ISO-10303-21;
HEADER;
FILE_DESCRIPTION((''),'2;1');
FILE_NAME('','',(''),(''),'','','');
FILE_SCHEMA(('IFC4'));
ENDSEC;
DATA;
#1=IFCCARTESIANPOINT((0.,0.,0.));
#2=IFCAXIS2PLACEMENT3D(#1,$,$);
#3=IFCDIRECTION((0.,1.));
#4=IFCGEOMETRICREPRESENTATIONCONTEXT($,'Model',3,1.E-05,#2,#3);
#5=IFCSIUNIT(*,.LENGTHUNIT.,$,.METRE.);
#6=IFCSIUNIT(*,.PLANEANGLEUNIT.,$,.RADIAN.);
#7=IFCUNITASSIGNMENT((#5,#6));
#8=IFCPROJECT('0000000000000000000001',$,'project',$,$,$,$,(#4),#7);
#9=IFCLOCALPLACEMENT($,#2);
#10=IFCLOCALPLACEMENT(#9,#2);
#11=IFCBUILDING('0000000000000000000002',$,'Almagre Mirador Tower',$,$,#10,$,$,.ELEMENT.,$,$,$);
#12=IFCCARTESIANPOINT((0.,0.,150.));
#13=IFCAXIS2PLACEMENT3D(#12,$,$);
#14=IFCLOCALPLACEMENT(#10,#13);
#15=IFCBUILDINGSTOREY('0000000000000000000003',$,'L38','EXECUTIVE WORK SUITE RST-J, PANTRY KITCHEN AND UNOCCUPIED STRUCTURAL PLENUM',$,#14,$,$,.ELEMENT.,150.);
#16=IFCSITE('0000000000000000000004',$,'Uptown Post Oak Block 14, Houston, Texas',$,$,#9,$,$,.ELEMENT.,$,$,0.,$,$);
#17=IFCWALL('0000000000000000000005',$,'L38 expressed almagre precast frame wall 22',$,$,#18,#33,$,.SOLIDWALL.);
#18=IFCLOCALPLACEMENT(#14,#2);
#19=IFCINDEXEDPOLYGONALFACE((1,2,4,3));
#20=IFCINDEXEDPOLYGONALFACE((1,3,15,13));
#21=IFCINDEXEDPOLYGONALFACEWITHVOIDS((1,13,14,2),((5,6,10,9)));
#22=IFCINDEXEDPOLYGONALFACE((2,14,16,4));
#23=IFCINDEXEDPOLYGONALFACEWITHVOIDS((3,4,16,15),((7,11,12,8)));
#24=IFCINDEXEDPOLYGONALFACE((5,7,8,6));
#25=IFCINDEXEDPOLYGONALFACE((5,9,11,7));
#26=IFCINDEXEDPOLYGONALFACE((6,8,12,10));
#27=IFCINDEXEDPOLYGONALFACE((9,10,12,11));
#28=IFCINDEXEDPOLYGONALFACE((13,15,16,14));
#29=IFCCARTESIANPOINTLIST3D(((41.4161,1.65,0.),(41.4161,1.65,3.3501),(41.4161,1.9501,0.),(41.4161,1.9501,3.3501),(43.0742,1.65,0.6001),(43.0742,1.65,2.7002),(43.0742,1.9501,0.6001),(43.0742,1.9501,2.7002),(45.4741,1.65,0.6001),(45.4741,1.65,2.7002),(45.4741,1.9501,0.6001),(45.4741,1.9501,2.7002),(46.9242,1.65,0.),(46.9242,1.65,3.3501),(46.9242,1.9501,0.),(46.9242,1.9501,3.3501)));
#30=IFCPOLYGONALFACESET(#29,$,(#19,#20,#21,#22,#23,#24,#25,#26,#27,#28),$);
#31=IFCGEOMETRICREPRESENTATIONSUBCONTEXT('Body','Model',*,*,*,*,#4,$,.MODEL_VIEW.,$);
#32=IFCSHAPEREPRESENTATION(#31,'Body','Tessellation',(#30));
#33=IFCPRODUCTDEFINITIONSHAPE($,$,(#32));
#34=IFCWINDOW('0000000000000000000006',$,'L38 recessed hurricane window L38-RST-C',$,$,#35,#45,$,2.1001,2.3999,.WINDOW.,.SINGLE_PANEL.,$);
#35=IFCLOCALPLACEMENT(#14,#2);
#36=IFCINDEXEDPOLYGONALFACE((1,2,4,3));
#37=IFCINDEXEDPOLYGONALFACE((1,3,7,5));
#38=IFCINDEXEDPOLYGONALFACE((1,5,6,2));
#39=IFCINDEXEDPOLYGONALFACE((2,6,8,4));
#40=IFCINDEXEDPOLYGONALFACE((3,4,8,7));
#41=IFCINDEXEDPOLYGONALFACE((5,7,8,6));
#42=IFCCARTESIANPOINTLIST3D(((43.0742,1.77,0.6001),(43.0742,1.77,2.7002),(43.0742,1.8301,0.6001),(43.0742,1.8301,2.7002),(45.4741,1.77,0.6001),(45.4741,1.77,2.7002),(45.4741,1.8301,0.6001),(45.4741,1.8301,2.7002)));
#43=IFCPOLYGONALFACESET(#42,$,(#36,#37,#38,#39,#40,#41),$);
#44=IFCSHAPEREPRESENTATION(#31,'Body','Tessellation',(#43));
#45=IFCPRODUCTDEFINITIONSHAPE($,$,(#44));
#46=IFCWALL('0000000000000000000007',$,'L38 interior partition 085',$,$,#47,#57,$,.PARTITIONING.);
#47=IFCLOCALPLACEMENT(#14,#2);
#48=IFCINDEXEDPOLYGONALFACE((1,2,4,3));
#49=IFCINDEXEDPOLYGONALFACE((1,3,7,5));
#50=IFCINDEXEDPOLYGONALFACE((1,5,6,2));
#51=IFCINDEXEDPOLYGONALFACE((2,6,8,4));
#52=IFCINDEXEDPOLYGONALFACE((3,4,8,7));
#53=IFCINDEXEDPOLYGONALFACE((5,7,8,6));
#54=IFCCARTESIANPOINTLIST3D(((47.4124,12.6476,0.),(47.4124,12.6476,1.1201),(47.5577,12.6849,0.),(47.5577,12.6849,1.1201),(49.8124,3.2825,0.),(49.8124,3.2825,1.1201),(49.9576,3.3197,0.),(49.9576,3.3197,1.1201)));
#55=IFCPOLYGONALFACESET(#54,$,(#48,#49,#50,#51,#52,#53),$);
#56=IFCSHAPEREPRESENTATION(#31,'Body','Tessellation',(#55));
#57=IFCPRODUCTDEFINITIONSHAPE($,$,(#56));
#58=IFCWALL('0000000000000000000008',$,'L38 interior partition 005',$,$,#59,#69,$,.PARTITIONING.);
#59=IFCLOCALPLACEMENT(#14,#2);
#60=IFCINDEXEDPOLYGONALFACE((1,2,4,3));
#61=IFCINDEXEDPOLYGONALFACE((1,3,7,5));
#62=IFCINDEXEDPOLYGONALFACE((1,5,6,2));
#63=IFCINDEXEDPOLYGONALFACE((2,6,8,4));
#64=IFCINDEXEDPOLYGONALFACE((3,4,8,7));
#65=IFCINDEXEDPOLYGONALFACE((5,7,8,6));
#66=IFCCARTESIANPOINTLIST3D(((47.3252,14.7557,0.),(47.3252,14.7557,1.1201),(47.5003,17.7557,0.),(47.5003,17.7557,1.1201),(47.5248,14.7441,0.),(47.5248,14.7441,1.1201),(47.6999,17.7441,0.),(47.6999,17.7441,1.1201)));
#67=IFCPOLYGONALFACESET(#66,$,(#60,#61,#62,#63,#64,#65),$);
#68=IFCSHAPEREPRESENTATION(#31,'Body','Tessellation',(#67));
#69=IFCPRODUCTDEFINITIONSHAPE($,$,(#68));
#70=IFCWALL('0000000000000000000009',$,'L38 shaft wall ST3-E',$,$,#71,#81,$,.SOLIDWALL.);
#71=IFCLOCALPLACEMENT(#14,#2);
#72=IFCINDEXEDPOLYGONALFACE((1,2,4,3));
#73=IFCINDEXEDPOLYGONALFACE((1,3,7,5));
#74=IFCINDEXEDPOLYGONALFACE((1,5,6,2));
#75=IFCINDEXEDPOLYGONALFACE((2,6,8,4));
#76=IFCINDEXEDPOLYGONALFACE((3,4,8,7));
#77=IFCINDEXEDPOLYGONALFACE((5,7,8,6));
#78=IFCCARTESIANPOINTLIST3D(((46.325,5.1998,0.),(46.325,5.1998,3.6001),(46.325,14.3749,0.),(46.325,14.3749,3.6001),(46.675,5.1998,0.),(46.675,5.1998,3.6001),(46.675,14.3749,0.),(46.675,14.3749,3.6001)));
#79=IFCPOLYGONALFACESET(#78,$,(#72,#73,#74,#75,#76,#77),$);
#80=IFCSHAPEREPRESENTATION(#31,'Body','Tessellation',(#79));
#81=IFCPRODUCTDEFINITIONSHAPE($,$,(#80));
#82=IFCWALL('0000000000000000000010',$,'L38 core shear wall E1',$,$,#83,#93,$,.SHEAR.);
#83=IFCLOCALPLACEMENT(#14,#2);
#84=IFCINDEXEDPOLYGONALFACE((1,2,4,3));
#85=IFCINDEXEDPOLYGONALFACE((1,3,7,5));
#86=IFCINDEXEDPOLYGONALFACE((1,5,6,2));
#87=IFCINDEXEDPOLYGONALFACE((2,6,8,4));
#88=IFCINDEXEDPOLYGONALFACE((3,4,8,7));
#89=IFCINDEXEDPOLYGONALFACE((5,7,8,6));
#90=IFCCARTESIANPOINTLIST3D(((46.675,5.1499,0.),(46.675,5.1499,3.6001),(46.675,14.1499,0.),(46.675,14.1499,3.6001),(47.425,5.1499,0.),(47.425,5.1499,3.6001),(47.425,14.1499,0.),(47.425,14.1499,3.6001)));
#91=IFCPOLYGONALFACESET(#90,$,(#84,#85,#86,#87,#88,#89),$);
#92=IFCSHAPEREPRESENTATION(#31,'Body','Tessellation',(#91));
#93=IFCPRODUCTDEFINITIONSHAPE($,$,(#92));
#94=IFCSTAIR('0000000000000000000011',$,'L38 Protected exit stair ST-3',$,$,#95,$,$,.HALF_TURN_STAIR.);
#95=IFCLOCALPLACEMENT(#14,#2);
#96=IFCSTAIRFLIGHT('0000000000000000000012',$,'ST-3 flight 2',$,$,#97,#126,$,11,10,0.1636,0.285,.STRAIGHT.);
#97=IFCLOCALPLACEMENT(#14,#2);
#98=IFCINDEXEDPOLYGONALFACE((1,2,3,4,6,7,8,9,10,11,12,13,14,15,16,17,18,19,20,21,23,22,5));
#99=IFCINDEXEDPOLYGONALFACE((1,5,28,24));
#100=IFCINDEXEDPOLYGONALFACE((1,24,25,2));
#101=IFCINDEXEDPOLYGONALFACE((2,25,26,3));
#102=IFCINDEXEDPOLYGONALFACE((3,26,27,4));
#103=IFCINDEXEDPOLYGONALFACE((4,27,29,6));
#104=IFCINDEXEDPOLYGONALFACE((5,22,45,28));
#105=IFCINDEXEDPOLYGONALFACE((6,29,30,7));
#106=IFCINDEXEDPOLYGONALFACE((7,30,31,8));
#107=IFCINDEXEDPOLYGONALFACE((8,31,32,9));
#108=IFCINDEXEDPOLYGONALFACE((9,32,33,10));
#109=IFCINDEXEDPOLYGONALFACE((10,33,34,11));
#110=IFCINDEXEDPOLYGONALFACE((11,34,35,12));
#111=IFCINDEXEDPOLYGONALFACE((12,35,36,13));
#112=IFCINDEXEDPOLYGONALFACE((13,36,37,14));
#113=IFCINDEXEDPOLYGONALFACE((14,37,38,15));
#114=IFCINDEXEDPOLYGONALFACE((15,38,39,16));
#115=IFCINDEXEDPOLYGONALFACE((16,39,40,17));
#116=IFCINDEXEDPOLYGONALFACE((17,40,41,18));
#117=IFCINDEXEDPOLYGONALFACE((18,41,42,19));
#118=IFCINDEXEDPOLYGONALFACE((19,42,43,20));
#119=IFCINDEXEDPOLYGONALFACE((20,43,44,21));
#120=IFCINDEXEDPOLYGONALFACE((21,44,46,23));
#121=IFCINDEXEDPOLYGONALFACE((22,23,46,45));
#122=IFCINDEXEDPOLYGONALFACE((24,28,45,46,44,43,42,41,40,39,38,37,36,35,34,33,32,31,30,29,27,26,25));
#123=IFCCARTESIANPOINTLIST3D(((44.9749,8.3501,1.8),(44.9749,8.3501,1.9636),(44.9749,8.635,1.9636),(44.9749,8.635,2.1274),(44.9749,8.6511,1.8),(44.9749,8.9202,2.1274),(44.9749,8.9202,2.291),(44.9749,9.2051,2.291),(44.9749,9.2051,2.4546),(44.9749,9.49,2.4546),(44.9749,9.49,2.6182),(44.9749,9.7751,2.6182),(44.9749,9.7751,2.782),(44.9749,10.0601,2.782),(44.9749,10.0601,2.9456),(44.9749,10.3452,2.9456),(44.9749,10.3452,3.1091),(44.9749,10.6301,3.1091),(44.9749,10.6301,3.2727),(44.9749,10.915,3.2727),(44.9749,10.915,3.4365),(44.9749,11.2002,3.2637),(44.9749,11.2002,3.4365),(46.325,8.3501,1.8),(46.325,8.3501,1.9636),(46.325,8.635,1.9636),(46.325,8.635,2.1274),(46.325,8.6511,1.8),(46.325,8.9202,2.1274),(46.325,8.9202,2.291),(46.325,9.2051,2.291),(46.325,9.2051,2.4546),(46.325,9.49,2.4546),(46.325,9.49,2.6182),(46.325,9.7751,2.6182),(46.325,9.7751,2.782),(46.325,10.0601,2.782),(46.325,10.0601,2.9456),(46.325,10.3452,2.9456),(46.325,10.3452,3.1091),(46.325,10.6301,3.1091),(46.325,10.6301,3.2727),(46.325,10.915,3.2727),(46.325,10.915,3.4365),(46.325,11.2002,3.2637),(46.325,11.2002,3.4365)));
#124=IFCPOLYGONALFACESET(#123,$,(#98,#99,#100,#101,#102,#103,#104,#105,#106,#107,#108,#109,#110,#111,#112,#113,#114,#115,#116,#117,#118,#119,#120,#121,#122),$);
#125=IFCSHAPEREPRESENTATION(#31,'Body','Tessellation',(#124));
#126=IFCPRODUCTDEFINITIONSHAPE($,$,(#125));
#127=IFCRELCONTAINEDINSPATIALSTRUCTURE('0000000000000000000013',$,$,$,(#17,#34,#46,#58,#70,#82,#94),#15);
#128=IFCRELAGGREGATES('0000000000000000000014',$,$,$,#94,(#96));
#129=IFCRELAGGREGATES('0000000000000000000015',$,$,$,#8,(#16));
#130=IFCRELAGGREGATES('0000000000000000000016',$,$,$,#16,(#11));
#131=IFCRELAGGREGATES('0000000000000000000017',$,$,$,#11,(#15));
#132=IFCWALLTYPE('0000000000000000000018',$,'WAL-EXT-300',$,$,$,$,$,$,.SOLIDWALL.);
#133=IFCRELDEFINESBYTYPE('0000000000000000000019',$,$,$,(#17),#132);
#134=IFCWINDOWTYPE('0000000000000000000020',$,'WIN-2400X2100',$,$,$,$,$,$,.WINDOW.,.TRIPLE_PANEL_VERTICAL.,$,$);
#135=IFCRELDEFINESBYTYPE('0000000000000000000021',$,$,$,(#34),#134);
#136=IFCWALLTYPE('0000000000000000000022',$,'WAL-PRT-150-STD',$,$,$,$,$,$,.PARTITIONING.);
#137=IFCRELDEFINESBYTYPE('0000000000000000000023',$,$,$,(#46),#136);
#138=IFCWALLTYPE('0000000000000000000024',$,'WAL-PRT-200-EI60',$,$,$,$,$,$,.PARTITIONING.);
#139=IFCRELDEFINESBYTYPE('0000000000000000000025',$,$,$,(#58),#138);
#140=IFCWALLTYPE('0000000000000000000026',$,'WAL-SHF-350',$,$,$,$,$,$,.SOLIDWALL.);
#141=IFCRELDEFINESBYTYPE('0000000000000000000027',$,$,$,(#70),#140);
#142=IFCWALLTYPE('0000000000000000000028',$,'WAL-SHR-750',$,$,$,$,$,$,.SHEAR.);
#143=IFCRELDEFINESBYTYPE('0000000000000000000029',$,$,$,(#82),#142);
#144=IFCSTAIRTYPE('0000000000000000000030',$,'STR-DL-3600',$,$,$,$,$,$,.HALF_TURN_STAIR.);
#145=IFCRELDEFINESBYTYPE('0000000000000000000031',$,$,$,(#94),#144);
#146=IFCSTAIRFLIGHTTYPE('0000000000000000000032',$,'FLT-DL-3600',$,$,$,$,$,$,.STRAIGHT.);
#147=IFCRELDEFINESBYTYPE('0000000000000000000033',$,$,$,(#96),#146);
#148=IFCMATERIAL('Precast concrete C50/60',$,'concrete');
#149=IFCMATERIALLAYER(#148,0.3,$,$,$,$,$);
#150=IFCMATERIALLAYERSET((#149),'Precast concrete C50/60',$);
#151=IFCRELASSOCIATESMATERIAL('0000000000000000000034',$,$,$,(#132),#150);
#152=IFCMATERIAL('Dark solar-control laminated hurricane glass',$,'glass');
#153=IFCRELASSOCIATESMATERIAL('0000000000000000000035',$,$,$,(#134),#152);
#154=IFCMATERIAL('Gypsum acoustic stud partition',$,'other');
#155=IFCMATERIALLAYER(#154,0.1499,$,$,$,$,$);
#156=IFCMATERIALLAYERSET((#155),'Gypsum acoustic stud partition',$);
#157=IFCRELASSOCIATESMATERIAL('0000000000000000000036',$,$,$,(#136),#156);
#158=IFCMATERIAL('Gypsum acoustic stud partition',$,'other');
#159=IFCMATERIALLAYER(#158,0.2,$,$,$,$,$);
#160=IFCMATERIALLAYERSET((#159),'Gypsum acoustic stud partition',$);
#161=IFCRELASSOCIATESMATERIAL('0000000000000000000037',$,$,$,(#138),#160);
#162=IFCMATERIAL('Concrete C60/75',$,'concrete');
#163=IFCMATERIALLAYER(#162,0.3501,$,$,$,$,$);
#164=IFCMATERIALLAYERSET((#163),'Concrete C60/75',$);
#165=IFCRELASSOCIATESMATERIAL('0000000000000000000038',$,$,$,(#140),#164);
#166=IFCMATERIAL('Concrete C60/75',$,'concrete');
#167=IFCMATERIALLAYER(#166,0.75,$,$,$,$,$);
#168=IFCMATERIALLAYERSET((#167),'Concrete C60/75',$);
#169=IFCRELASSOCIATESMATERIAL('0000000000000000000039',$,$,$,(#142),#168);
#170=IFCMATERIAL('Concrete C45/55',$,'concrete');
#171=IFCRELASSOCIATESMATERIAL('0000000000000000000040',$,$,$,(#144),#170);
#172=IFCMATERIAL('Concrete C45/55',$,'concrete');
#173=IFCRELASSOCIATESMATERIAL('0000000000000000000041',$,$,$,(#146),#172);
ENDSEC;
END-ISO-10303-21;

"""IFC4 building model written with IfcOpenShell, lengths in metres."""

from ifc_helpers import new_model, si_unit, direction, frame, frame_2d, origin, place, context, subcontext, project, spatial, polyline, rectangle, outline, extrude, material, layer, layer_set, type_object, element, fill, aggregate, save


model = new_model("IFC4")

# Units and contexts
model_context = context("Model", 3, precision=1e-05, world=origin(), true_north=direction((0.0, 1.0)))
body_context = subcontext(model_context, "Body", "Model", "MODEL_VIEW")
ifc_project = project(units=[si_unit("LENGTHUNIT", "METRE"), si_unit("PLANEANGLEUNIT", "RADIAN")], contexts=[model_context])

# Site, building, storey
site_placement = place(None, origin())
site = spatial("IfcSite", under=ifc_project, at=site_placement, Name="Uptown Post Oak Block 14, Houston, Texas", CompositionType="ELEMENT", RefElevation=0.0)
building_placement = place(site_placement, origin())
building = spatial("IfcBuilding", under=site, at=building_placement, Name="Almagre Mirador Tower", CompositionType="ELEMENT")
storey_placement = place(building_placement, frame((0.0, 0.0, 150.0)))
storey = spatial("IfcBuildingStorey", under=building, at=storey_placement, Name="L38", Description="EXECUTIVE WORK SUITE RST-J, PANTRY KITCHEN AND UNOCCUPIED STRUCTURAL PLENUM", CompositionType="ELEMENT", Elevation=150.0)

# Wall, opening, window
ifc_material_1 = material(Name="Precast concrete C50/60", Category="concrete")
ifc_layer_1 = layer(ifc_material_1, 0.3)
ifc_layer_set_1 = layer_set([ifc_layer_1], Name="Precast concrete C50/60")
wall_type_1 = type_object("IfcWallType", Name="WAL-EXT-300", PredefinedType="SOLIDWALL", material=ifc_layer_set_1)
wall_1_placement = place(storey_placement, frame((46.9241, 1.8, 0.0), z_axis=(0.0, 0.0, 1.0), x_axis=(-1.0, 0.0, 0.0)))
wall_1 = element("IfcWall", 1, at=wall_1_placement, inside=storey, type_object=wall_type_1, Name="L38 expressed almagre precast frame wall 22", PredefinedType="SOLIDWALL", context=body_context, shape_type="SweptSolid", body=[
    extrude(rectangle(XDim=5.5081, YDim=0.3, at=frame_2d((2.7539, 0.0))), origin(), (0.0, 0.0, 1.0), 3.3501),
])
opening_placement = place(wall_1_placement, frame((1.45, 0.0, 0.6001)))
opening = element("IfcOpeningElement", 2, at=opening_placement, cuts=wall_1, PredefinedType="OPENING", context=body_context, shape_type="SweptSolid", body=[
    extrude(rectangle(XDim=2.3999, YDim=2.1001, at=frame_2d((1.2, 1.05))), frame((0.0, 0.1599, 0.0), z_axis=(0.0, -1.0, 0.0), x_axis=(1.0, 0.0, 0.0)), (0.0, 0.0, 1.0), 0.32),
])
ifc_material_2 = material(Name="Dark solar-control laminated hurricane glass", Category="glass")
window_type = type_object("IfcWindowType", Name="WIN-2400X2100", PartitioningType="TRIPLE_PANEL_VERTICAL", PredefinedType="WINDOW", material=ifc_material_2)
window_placement = place(opening_placement, origin())
window = element("IfcWindow", 3, at=window_placement, inside=storey, type_object=window_type, Name="L38 recessed hurricane window L38-RST-C", OverallHeight=2.1001, OverallWidth=2.3999, PartitioningType="SINGLE_PANEL", PredefinedType="WINDOW", context=body_context, shape_type="SweptSolid", body=[
    extrude(rectangle(XDim=2.3999, YDim=2.1001, at=frame_2d((1.2, 1.05))), frame((0.0, 0.03, 0.0), z_axis=(0.0, -1.0, 0.0), x_axis=(1.0, 0.0, 0.0)), (0.0, 0.0, 1.0), 0.0601),
])
fill(opening, window)

# Walls
ifc_material_3 = material(Name="Gypsum acoustic stud partition", Category="other")
ifc_layer_2 = layer(ifc_material_3, 0.1499)
ifc_layer_set_2 = layer_set([ifc_layer_2], Name="Gypsum acoustic stud partition")
wall_type_2 = type_object("IfcWallType", Name="WAL-PRT-150-STD", PredefinedType="PARTITIONING", material=ifc_layer_set_2)
wall_2_placement = place(storey_placement, frame((49.885, 3.301, 0.0), z_axis=(0.0, 0.0, 1.0), x_axis=(-0.248242, 0.968698, 0.0)))
element("IfcWall", 4, at=wall_2_placement, inside=storey, type_object=wall_type_2, Name="L38 interior partition 085", PredefinedType="PARTITIONING", context=body_context, shape_type="SweptSolid", body=[
    extrude(rectangle(XDim=9.6677, YDim=0.1499, at=frame_2d((4.834, 0.0))), origin(), (0.0, 0.0, 1.0), 1.1201),
])
ifc_material_4 = material(Name="Gypsum acoustic stud partition", Category="other")
ifc_layer_3 = layer(ifc_material_4, 0.2)
ifc_layer_set_3 = layer_set([ifc_layer_3], Name="Gypsum acoustic stud partition")
wall_type_3 = type_object("IfcWallType", Name="WAL-PRT-200-EI60", PredefinedType="PARTITIONING", material=ifc_layer_set_3)
wall_3_placement = place(storey_placement, frame((47.425, 14.75, 0.0), z_axis=(0.0, 0.0, 1.0), x_axis=(0.058251, 0.998302, 0.0)))
element("IfcWall", 5, at=wall_3_placement, inside=storey, type_object=wall_type_3, Name="L38 interior partition 005", PredefinedType="PARTITIONING", context=body_context, shape_type="SweptSolid", body=[
    extrude(rectangle(XDim=3.0051, YDim=0.2, at=frame_2d((1.5024, 0.0))), origin(), (0.0, 0.0, 1.0), 1.1201),
])
ifc_material_5 = material(Name="Concrete C60/75", Category="concrete")
ifc_layer_4 = layer(ifc_material_5, 0.3501)
ifc_layer_set_4 = layer_set([ifc_layer_4], Name="Concrete C60/75")
wall_type_4 = type_object("IfcWallType", Name="WAL-SHF-350", PredefinedType="SOLIDWALL", material=ifc_layer_set_4)
wall_4_placement = place(storey_placement, frame((46.5, 5.2, 0.0), z_axis=(0.0, 0.0, 1.0), x_axis=(0.0, 1.0, 0.0)))
element("IfcWall", 6, at=wall_4_placement, inside=storey, type_object=wall_type_4, Name="L38 shaft wall ST3-E", PredefinedType="SOLIDWALL", context=body_context, shape_type="SweptSolid", body=[
    extrude(rectangle(XDim=9.175, YDim=0.3501, at=frame_2d((4.5874, 0.0))), origin(), (0.0, 0.0, 1.0), 3.6001),
])
ifc_material_6 = material(Name="Concrete C60/75", Category="concrete")
ifc_layer_5 = layer(ifc_material_6, 0.75)
ifc_layer_set_5 = layer_set([ifc_layer_5], Name="Concrete C60/75")
wall_type_5 = type_object("IfcWallType", Name="WAL-SHR-750", PredefinedType="SHEAR", material=ifc_layer_set_5)
wall_5_placement = place(storey_placement, frame((47.05, 5.1499, 0.0), z_axis=(0.0, 0.0, 1.0), x_axis=(0.0, 1.0, 0.0)))
element("IfcWall", 7, at=wall_5_placement, inside=storey, type_object=wall_type_5, Name="L38 core shear wall E1", PredefinedType="SHEAR", context=body_context, shape_type="SweptSolid", body=[
    extrude(rectangle(XDim=9.0, YDim=0.75, at=frame_2d((4.5, 0.0))), origin(), (0.0, 0.0, 1.0), 3.6001),
])

# Stair, stair flight
ifc_material_7 = material(Name="Concrete C45/55", Category="concrete")
stair_type = type_object("IfcStairType", Name="STR-DL-3600", PredefinedType="HALF_TURN_STAIR", material=ifc_material_7)
stair_placement = place(storey_placement, origin())
stair = element("IfcStair", 8, at=stair_placement, inside=storey, type_object=stair_type, Name="L38 Protected exit stair ST-3", PredefinedType="HALF_TURN_STAIR")
ifc_material_8 = material(Name="Concrete C45/55", Category="concrete")
stair_flight_type = type_object("IfcStairFlightType", Name="FLT-DL-3600", PredefinedType="STRAIGHT", material=ifc_material_8)
stair_flight_placement = place(storey_placement, frame((45.6499, 8.3501, 1.8), z_axis=(0.0, 0.0, 1.0), x_axis=(0.0, 1.0, 0.0)))
stair_flight = element("IfcStairFlight", 9, at=stair_flight_placement, type_object=stair_flight_type, Name="ST-3 flight 2", NumberOfRisers=11, NumberOfTreads=10, PredefinedType="STRAIGHT", RiserHeight=0.1636, TreadLength=0.285, context=body_context, shape_type="SweptSolid", body=[
    extrude(outline(polyline([(0.0, 0.0), (0.0, 0.1636), (0.2849, 0.1636), (0.2849, 0.3274), (0.5701, 0.3274), (0.5701, 0.491), (0.855, 0.491), (0.855, 0.6545), (1.1399, 0.6545), (1.1399, 0.8181), (1.425, 0.8181), (1.425, 0.9819), (1.71, 0.9819), (1.71, 1.1455), (1.9951, 1.1455), (1.9951, 1.3091), (2.28, 1.3091), (2.28, 1.4727), (2.5649, 1.4727), (2.5649, 1.6365), (2.8501, 1.6365), (2.8501, 1.8), (2.8501, 1.4636), (0.301, 0.0), (0.0, 0.0)])), frame((0.0, 0.675, 0.0), z_axis=(0.0, -1.0, 0.0), x_axis=(1.0, 0.0, 0.0)), (0.0, 0.0, 1.0), 1.3501),
])
aggregate(stair, [stair_flight])

save(model, "model.ifc")
